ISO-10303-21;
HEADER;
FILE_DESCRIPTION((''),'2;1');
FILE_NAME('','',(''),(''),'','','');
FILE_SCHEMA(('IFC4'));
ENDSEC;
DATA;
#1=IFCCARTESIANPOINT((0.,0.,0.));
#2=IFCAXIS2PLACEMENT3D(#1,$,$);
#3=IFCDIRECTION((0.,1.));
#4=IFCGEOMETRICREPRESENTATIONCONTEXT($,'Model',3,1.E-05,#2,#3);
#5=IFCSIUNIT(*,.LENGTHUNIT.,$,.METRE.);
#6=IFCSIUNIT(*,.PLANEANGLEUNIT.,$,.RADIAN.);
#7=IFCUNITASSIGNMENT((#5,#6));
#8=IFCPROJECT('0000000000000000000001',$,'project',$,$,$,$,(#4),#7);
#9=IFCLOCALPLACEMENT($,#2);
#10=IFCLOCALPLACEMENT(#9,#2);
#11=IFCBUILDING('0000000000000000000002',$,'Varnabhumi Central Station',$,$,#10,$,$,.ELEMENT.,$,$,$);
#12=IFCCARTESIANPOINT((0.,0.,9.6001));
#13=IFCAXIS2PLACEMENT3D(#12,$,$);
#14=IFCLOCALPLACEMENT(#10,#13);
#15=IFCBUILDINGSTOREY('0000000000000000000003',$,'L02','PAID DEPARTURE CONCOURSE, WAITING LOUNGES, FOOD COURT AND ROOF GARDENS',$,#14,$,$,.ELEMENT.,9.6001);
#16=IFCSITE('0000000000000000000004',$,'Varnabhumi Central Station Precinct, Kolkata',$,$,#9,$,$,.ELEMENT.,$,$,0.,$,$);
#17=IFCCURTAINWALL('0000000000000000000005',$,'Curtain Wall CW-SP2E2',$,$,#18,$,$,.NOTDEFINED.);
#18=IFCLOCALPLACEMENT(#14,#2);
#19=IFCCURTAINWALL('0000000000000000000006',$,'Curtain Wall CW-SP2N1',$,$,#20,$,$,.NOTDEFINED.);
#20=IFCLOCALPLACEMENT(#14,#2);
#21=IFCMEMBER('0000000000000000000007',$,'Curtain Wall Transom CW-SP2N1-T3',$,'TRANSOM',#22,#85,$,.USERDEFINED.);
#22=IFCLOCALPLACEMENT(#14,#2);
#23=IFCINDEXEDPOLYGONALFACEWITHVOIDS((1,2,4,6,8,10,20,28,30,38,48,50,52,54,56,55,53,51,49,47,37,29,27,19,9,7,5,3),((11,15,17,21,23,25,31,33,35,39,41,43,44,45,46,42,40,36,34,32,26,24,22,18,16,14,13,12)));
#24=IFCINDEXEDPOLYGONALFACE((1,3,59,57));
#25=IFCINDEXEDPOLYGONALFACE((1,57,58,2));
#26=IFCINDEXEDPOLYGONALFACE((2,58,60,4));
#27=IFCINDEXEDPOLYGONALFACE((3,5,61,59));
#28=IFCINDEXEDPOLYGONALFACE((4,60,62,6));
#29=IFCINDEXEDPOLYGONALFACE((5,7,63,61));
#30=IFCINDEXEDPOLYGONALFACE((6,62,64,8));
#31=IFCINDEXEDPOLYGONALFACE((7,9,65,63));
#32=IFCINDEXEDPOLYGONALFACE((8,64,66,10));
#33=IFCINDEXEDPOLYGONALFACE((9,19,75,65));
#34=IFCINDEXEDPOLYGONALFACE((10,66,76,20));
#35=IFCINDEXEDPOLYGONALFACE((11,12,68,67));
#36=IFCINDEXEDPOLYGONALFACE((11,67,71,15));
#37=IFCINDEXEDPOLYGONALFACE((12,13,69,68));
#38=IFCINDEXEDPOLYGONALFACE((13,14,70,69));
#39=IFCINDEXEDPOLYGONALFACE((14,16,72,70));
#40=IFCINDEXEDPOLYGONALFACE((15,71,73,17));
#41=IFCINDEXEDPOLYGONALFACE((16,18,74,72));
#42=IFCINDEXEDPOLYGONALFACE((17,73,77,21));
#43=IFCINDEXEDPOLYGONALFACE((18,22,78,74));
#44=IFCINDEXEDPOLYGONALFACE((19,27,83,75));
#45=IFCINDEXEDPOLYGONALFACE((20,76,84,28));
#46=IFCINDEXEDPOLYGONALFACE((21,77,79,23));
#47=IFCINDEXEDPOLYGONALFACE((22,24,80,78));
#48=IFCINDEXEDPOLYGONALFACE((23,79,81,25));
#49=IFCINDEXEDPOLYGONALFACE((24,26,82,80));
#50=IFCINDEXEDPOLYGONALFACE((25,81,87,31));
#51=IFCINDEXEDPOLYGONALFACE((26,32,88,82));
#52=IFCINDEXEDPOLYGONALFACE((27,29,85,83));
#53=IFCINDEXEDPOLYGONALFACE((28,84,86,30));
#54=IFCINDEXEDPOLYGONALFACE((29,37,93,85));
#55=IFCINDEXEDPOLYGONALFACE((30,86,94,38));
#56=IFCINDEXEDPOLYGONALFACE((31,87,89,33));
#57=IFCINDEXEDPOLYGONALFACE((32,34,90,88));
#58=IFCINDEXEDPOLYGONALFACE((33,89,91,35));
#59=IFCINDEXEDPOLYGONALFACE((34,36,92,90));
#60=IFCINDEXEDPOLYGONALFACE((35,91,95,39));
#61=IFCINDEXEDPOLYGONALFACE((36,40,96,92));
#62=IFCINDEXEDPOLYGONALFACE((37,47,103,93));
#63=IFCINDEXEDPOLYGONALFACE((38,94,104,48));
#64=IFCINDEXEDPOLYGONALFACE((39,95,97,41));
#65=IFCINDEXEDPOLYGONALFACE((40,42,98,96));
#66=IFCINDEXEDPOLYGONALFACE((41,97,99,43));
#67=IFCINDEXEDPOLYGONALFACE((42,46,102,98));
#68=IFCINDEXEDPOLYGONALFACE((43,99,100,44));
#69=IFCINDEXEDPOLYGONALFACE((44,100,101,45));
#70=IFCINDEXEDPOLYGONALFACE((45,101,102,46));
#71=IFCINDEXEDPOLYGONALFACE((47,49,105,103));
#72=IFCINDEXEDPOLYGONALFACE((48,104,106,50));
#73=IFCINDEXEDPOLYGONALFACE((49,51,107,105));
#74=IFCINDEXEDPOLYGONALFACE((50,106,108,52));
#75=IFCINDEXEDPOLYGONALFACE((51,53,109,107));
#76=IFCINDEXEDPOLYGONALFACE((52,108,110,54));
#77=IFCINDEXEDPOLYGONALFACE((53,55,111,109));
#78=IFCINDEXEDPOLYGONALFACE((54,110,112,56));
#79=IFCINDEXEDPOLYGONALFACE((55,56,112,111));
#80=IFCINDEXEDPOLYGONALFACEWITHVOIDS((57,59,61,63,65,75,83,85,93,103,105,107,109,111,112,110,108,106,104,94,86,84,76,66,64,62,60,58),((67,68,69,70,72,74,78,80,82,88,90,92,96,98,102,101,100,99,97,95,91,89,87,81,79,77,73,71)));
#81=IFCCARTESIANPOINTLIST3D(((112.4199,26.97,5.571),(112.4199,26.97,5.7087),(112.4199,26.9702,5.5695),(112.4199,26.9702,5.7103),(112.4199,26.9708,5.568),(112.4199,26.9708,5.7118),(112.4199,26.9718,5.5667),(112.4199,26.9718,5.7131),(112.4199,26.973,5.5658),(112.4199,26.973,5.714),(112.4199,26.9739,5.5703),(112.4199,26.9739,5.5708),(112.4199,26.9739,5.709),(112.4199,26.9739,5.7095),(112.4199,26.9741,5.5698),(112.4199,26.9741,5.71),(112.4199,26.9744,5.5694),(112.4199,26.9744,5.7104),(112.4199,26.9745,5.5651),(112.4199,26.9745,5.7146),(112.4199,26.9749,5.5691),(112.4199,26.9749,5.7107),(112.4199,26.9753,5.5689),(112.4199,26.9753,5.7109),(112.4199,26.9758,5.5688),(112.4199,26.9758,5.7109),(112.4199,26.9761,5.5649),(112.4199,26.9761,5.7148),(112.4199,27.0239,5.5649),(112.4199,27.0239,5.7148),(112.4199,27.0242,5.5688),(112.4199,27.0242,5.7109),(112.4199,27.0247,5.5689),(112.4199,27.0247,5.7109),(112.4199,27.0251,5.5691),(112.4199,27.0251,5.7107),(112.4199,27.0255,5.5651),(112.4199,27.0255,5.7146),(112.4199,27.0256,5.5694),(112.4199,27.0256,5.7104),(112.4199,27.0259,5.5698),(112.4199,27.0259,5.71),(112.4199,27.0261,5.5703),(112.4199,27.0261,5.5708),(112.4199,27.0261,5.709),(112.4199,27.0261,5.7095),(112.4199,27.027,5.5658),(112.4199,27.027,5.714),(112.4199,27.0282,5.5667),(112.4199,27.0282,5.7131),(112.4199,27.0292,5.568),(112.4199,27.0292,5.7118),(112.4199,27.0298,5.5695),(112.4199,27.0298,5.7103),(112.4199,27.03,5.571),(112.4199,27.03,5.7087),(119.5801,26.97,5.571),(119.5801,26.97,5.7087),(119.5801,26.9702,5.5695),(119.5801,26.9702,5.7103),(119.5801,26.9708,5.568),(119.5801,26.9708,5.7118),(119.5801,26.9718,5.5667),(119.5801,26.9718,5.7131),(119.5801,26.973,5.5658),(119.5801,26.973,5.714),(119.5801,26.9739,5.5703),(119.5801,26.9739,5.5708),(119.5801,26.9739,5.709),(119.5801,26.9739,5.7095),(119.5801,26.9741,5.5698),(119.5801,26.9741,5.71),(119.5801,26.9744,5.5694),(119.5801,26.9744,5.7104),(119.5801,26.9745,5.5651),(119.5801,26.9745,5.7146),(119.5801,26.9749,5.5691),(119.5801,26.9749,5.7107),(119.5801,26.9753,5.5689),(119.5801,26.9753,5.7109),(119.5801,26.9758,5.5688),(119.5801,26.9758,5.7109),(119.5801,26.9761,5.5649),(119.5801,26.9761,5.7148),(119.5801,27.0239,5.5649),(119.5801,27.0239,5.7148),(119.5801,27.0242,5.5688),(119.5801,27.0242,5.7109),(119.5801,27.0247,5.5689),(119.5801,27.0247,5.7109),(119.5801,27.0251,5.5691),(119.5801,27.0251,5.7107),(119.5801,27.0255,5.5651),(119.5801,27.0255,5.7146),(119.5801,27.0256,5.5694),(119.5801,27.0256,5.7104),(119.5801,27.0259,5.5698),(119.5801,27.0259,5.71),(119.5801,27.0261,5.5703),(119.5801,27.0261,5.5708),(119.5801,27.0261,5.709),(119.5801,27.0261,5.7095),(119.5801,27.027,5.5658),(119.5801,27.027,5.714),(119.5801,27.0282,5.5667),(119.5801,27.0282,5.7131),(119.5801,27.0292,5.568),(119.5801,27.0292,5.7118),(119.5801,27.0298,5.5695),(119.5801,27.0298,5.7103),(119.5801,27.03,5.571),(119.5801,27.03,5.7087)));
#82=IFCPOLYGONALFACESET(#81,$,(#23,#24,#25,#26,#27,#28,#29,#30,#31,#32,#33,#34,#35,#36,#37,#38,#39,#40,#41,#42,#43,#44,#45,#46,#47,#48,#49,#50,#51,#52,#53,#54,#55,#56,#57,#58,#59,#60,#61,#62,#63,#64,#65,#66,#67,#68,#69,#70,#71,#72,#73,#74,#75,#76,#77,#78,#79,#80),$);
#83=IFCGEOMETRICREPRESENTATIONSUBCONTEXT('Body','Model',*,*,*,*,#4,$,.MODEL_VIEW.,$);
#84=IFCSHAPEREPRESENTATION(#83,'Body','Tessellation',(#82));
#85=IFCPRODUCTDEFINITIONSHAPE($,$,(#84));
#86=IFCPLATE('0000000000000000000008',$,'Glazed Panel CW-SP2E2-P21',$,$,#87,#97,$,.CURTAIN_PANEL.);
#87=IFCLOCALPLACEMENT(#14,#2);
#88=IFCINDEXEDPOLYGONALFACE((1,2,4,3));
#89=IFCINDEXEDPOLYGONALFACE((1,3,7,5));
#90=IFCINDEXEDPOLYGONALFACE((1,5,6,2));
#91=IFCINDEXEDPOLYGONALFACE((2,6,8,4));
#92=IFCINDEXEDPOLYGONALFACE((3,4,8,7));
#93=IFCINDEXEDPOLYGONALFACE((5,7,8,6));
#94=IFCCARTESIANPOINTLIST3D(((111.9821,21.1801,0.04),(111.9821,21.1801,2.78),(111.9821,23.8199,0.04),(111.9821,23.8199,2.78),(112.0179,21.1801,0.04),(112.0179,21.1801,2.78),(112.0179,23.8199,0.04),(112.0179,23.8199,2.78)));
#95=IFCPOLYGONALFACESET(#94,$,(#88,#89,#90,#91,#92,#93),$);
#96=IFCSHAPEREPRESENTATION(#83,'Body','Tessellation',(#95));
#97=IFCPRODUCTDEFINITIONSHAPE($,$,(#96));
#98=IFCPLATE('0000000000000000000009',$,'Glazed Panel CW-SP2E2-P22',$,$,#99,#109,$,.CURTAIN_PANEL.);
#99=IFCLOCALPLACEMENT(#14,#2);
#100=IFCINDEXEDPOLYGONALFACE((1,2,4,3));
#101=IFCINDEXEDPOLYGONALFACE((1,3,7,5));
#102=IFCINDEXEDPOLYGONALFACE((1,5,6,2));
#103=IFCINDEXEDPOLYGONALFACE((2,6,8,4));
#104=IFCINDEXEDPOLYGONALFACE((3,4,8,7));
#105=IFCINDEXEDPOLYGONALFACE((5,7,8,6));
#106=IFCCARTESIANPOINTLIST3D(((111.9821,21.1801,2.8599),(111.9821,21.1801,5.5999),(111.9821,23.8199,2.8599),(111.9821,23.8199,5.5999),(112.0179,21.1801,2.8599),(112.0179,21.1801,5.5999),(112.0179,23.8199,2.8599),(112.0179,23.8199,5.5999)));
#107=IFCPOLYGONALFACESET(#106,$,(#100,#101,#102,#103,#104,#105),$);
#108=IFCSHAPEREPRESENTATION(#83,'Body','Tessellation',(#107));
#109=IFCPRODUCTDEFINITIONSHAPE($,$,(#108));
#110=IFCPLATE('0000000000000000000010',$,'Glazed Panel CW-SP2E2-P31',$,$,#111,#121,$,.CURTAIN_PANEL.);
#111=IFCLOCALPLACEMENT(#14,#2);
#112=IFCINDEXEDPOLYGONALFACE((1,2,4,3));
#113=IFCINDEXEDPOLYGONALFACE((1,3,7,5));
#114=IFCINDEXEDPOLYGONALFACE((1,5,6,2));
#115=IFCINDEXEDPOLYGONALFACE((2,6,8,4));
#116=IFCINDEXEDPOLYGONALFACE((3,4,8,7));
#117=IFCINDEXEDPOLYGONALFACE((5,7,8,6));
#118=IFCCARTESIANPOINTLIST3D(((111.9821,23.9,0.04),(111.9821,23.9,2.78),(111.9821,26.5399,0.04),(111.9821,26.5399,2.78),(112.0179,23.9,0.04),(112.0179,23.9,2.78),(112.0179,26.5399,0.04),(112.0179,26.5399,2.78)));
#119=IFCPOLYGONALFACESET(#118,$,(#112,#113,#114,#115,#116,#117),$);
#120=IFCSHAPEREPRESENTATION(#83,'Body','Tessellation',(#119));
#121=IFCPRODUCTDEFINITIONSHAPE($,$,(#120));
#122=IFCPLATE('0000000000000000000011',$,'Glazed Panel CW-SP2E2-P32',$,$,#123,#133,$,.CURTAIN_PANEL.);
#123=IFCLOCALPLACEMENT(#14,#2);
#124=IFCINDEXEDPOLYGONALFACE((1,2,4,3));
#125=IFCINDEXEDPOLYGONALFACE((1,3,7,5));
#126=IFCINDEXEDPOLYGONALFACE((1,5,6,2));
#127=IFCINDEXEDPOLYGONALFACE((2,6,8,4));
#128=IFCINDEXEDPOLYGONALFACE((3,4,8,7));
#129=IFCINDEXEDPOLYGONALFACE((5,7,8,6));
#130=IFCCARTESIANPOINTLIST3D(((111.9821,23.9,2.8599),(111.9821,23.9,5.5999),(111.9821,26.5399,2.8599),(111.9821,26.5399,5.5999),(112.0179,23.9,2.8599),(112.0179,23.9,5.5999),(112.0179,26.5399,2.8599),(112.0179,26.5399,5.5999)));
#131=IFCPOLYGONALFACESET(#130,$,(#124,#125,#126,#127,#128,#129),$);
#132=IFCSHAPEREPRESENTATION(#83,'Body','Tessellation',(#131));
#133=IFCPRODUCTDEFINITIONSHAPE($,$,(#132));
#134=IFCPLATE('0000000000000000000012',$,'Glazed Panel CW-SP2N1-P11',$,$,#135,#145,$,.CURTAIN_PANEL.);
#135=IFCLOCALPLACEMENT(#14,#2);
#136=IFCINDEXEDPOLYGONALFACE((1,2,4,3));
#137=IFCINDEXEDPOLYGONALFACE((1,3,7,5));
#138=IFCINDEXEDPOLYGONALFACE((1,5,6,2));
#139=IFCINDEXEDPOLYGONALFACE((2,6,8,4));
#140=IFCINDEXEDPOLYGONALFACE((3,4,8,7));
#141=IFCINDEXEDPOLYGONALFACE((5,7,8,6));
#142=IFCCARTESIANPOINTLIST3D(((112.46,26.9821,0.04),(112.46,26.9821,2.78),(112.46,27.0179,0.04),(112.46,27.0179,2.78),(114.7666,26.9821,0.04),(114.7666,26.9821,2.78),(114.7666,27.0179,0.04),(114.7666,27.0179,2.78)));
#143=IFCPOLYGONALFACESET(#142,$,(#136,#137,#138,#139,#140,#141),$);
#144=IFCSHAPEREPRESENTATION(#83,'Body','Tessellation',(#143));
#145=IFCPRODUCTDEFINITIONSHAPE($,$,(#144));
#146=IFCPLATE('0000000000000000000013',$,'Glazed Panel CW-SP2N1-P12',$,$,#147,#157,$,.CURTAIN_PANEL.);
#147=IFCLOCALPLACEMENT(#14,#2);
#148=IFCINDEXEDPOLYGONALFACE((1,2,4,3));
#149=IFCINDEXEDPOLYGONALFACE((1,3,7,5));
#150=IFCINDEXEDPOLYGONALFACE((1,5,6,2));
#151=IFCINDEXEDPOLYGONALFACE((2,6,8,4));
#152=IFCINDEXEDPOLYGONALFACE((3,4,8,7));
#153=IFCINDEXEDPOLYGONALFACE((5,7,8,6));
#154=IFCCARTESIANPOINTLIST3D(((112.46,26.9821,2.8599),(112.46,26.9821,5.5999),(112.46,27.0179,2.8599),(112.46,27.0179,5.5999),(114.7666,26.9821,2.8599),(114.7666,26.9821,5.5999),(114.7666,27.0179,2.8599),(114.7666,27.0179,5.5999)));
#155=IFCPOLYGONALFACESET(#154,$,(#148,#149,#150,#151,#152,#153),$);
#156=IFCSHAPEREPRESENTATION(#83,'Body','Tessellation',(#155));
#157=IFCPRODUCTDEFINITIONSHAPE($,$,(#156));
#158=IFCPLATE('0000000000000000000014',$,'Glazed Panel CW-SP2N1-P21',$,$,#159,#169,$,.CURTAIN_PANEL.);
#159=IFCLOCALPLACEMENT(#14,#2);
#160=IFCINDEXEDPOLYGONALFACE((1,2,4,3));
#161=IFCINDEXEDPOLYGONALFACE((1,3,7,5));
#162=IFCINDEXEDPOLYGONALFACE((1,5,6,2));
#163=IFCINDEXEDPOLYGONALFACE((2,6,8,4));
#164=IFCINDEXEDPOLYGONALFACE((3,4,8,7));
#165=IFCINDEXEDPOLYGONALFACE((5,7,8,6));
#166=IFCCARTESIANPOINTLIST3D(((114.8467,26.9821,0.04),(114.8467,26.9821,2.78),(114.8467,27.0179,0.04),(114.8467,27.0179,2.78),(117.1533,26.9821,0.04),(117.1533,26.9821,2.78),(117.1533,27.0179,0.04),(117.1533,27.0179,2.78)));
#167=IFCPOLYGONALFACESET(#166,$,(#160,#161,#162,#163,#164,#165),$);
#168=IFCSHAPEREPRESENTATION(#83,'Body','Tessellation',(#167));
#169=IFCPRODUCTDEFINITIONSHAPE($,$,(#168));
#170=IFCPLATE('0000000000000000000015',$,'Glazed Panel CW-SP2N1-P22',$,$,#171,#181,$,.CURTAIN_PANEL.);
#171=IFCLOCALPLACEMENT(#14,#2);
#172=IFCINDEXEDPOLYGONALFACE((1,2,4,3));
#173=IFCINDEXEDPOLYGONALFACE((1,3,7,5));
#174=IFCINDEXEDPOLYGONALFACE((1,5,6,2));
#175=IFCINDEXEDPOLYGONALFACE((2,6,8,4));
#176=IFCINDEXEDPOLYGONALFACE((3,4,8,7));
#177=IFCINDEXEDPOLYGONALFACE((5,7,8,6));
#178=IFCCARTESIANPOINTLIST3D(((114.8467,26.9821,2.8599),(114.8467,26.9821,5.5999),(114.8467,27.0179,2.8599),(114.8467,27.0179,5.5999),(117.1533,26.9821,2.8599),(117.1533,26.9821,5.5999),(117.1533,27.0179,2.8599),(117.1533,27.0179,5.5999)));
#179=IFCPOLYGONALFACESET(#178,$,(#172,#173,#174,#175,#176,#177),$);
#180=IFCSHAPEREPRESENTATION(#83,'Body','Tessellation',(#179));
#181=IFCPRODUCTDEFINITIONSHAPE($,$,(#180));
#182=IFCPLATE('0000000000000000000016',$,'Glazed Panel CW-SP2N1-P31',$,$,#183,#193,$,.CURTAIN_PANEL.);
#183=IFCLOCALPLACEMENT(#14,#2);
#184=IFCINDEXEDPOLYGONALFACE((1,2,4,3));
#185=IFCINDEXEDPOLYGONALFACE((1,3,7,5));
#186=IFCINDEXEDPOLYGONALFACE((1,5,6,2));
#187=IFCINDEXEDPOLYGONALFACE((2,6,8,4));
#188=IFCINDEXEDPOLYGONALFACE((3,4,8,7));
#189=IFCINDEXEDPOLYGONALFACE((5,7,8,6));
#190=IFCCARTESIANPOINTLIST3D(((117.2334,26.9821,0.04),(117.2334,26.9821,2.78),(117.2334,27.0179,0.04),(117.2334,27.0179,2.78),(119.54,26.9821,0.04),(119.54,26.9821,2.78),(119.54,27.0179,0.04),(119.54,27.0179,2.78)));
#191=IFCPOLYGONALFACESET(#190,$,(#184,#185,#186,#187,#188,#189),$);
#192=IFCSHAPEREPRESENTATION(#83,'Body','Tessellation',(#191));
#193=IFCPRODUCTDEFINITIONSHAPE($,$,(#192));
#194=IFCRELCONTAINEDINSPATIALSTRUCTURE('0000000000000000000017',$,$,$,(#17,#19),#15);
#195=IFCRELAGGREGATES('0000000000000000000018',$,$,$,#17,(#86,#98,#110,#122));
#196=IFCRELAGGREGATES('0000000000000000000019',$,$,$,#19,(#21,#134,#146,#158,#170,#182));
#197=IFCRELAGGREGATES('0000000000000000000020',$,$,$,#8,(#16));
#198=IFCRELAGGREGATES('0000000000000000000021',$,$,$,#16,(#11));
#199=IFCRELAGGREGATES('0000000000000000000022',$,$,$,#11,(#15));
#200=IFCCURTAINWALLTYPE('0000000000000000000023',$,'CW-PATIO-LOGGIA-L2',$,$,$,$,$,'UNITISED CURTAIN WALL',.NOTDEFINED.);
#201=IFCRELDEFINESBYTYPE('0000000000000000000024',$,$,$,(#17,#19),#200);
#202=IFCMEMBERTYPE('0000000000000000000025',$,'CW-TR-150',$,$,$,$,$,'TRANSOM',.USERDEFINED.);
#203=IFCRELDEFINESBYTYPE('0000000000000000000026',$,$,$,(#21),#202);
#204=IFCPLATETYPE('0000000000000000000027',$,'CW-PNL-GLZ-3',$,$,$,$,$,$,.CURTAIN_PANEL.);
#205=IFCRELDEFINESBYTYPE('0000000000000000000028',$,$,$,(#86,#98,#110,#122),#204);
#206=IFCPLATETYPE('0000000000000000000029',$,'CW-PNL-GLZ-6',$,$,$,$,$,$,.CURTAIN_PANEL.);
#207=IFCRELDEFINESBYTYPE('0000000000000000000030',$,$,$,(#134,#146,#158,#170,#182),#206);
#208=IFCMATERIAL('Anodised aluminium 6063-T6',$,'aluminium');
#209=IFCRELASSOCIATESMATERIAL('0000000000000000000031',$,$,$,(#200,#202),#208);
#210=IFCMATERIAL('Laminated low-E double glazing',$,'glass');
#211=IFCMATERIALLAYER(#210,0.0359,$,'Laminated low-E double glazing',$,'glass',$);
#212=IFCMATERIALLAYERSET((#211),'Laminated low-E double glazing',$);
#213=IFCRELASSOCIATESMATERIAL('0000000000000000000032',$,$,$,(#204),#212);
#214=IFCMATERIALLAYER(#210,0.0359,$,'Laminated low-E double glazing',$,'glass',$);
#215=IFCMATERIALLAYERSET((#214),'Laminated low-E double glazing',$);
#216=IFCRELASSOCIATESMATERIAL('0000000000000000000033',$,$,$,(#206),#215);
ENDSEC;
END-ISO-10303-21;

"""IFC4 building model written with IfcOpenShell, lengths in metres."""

from ifc_helpers import new_model, si_unit, direction, frame, origin, origin_2d, place, context, subcontext, project, spatial, rectangle, hollow_rectangle, extrude, material, layer, layer_set, material_profile, profile_set, type_object, element, aggregate, save


model = new_model("IFC4")

# Units and contexts
model_context = context("Model", 3, precision=1e-05, world=origin(), true_north=direction((0.0, 1.0)))
body_context = subcontext(model_context, "Body", "Model", "MODEL_VIEW")
ifc_project = project(units=[si_unit("LENGTHUNIT", "METRE"), si_unit("PLANEANGLEUNIT", "RADIAN")], contexts=[model_context])

# Site, building, storey
site_placement = place(None, origin())
site = spatial("IfcSite", under=ifc_project, at=site_placement, Name="Varnabhumi Central Station Precinct, Kolkata", CompositionType="ELEMENT", RefElevation=0.0)
building_placement = place(site_placement, origin())
building = spatial("IfcBuilding", under=site, at=building_placement, Name="Varnabhumi Central Station", CompositionType="ELEMENT")
storey_placement = place(building_placement, frame((0.0, 0.0, 9.6001)))
storey = spatial("IfcBuildingStorey", under=building, at=storey_placement, Name="L02", Description="PAID DEPARTURE CONCOURSE, WAITING LOUNGES, FOOD COURT AND ROOF GARDENS", CompositionType="ELEMENT", Elevation=9.6001)

# Curtain walls, member
ifc_material_1 = material(Name="Anodised aluminium 6063-T6", Category="aluminium")
curtain_wall_type = type_object("IfcCurtainWallType", Name="CW-PATIO-LOGGIA-L2", ElementType="UNITISED CURTAIN WALL", PredefinedType="NOTDEFINED", material=ifc_material_1)
curtain_wall_1_placement = place(storey_placement, origin())
curtain_wall_1 = element("IfcCurtainWall", 1, at=curtain_wall_1_placement, inside=storey, type_object=curtain_wall_type, Name="Curtain Wall CW-SP2E2", PredefinedType="NOTDEFINED")
curtain_wall_2_placement = place(storey_placement, origin())
curtain_wall_2 = element("IfcCurtainWall", 2, at=curtain_wall_2_placement, inside=storey, type_object=curtain_wall_type, Name="Curtain Wall CW-SP2N1", PredefinedType="NOTDEFINED")
ifc_material_profile_1 = material_profile(ifc_material_1, hollow_rectangle(XDim=0.0601, YDim=0.1499, WallThickness=0.0039, InnerFilletRadius=0.002, OuterFilletRadius=0.0061, at=origin_2d()), Name="Anodised aluminium 6063-T6", Category="aluminium")
ifc_profile_set_1 = profile_set([ifc_material_profile_1], Name="Anodised aluminium 6063-T6")
member_type_1 = type_object("IfcMemberType", Name="CW-TR-150", ElementType="TRANSOM", PredefinedType="USERDEFINED", material=ifc_profile_set_1)
member_1_placement = place(storey_placement, frame((112.4199, 27.0, 5.6399), z_axis=(1.0, 0.0, 0.0), x_axis=(0.0, 1.0, 0.0)))
member_1 = element("IfcMember", 3, at=member_1_placement, type_object=member_type_1, Name="Curtain Wall Transom CW-SP2N1-T3", ObjectType="TRANSOM", PredefinedType="USERDEFINED", context=body_context, shape_type="SweptSolid", body=[
    extrude(hollow_rectangle(XDim=0.0601, YDim=0.1499, WallThickness=0.0039, InnerFilletRadius=0.002, OuterFilletRadius=0.0061, at=origin_2d()), origin(), (0.0, 0.0, 1.0), 7.1602),
])

# Plates
ifc_material_2 = material(Name="Laminated low-E double glazing", Category="glass")
ifc_layer_1 = layer(ifc_material_2, 0.0359, Name="Laminated low-E double glazing", Category="glass")
ifc_layer_set_1 = layer_set([ifc_layer_1], Name="Laminated low-E double glazing")
plate_type_1 = type_object("IfcPlateType", Name="CW-PNL-GLZ-3", PredefinedType="CURTAIN_PANEL", material=ifc_layer_set_1)
plate_1_placement = place(storey_placement, frame((112.0, 22.5, 0.04), z_axis=(0.0, 0.0, 1.0), x_axis=(0.0, 1.0, 0.0)))
plate_1 = element("IfcPlate", 4, at=plate_1_placement, type_object=plate_type_1, Name="Glazed Panel CW-SP2E2-P21", PredefinedType="CURTAIN_PANEL", context=body_context, shape_type="SweptSolid", body=[
    extrude(rectangle(XDim=2.6399, YDim=0.0359, at=origin_2d()), origin(), (0.0, 0.0, 1.0), 2.74),
])
plate_2_placement = place(storey_placement, frame((112.0, 22.5, 2.8599), z_axis=(0.0, 0.0, 1.0), x_axis=(0.0, 1.0, 0.0)))
plate_2 = element("IfcPlate", 5, at=plate_2_placement, type_object=plate_type_1, Name="Glazed Panel CW-SP2E2-P22", PredefinedType="CURTAIN_PANEL", context=body_context, shape_type="SweptSolid", body=[
    extrude(rectangle(XDim=2.6399, YDim=0.0359, at=origin_2d()), origin(), (0.0, 0.0, 1.0), 2.74),
])
plate_3_placement = place(storey_placement, frame((112.0, 25.22, 0.04), z_axis=(0.0, 0.0, 1.0), x_axis=(0.0, 1.0, 0.0)))
plate_3 = element("IfcPlate", 6, at=plate_3_placement, type_object=plate_type_1, Name="Glazed Panel CW-SP2E2-P31", PredefinedType="CURTAIN_PANEL", context=body_context, shape_type="SweptSolid", body=[
    extrude(rectangle(XDim=2.6399, YDim=0.0359, at=origin_2d()), origin(), (0.0, 0.0, 1.0), 2.74),
])
plate_4_placement = place(storey_placement, frame((112.0, 25.22, 2.8599), z_axis=(0.0, 0.0, 1.0), x_axis=(0.0, 1.0, 0.0)))
plate_4 = element("IfcPlate", 7, at=plate_4_placement, type_object=plate_type_1, Name="Glazed Panel CW-SP2E2-P32", PredefinedType="CURTAIN_PANEL", context=body_context, shape_type="SweptSolid", body=[
    extrude(rectangle(XDim=2.6399, YDim=0.0359, at=origin_2d()), origin(), (0.0, 0.0, 1.0), 2.74),
])
aggregate(curtain_wall_1, [plate_1, plate_2, plate_3, plate_4])
ifc_layer_2 = layer(ifc_material_2, 0.0359, Name="Laminated low-E double glazing", Category="glass")
ifc_layer_set_2 = layer_set([ifc_layer_2], Name="Laminated low-E double glazing")
plate_type_2 = type_object("IfcPlateType", Name="CW-PNL-GLZ-6", PredefinedType="CURTAIN_PANEL", material=ifc_layer_set_2)
plate_5_placement = place(storey_placement, frame((113.6133, 27.0, 0.04), z_axis=(0.0, 0.0, 1.0), x_axis=(1.0, 0.0, 0.0)))
plate_5 = element("IfcPlate", 8, at=plate_5_placement, type_object=plate_type_2, Name="Glazed Panel CW-SP2N1-P11", PredefinedType="CURTAIN_PANEL", context=body_context, shape_type="SweptSolid", body=[
    extrude(rectangle(XDim=2.3066, YDim=0.0359, at=origin_2d()), origin(), (0.0, 0.0, 1.0), 2.74),
])
plate_6_placement = place(storey_placement, frame((113.6133, 27.0, 2.8599), z_axis=(0.0, 0.0, 1.0), x_axis=(1.0, 0.0, 0.0)))
plate_6 = element("IfcPlate", 9, at=plate_6_placement, type_object=plate_type_2, Name="Glazed Panel CW-SP2N1-P12", PredefinedType="CURTAIN_PANEL", context=body_context, shape_type="SweptSolid", body=[
    extrude(rectangle(XDim=2.3066, YDim=0.0359, at=origin_2d()), origin(), (0.0, 0.0, 1.0), 2.74),
])
plate_7_placement = place(storey_placement, frame((116.0, 27.0, 0.04), z_axis=(0.0, 0.0, 1.0), x_axis=(1.0, 0.0, 0.0)))
plate_7 = element("IfcPlate", 10, at=plate_7_placement, type_object=plate_type_2, Name="Glazed Panel CW-SP2N1-P21", PredefinedType="CURTAIN_PANEL", context=body_context, shape_type="SweptSolid", body=[
    extrude(rectangle(XDim=2.3066, YDim=0.0359, at=origin_2d()), origin(), (0.0, 0.0, 1.0), 2.74),
])
plate_8_placement = place(storey_placement, frame((116.0, 27.0, 2.8599), z_axis=(0.0, 0.0, 1.0), x_axis=(1.0, 0.0, 0.0)))
plate_8 = element("IfcPlate", 11, at=plate_8_placement, type_object=plate_type_2, Name="Glazed Panel CW-SP2N1-P22", PredefinedType="CURTAIN_PANEL", context=body_context, shape_type="SweptSolid", body=[
    extrude(rectangle(XDim=2.3066, YDim=0.0359, at=origin_2d()), origin(), (0.0, 0.0, 1.0), 2.74),
])
plate_9_placement = place(storey_placement, frame((118.3867, 27.0, 0.04), z_axis=(0.0, 0.0, 1.0), x_axis=(1.0, 0.0, 0.0)))
plate_9 = element("IfcPlate", 12, at=plate_9_placement, type_object=plate_type_2, Name="Glazed Panel CW-SP2N1-P31", PredefinedType="CURTAIN_PANEL", context=body_context, shape_type="SweptSolid", body=[
    extrude(rectangle(XDim=2.3066, YDim=0.0359, at=origin_2d()), origin(), (0.0, 0.0, 1.0), 2.74),
])
aggregate(curtain_wall_2, [member_1, plate_5, plate_6, plate_7, plate_8, plate_9])

save(model, "model.ifc")
